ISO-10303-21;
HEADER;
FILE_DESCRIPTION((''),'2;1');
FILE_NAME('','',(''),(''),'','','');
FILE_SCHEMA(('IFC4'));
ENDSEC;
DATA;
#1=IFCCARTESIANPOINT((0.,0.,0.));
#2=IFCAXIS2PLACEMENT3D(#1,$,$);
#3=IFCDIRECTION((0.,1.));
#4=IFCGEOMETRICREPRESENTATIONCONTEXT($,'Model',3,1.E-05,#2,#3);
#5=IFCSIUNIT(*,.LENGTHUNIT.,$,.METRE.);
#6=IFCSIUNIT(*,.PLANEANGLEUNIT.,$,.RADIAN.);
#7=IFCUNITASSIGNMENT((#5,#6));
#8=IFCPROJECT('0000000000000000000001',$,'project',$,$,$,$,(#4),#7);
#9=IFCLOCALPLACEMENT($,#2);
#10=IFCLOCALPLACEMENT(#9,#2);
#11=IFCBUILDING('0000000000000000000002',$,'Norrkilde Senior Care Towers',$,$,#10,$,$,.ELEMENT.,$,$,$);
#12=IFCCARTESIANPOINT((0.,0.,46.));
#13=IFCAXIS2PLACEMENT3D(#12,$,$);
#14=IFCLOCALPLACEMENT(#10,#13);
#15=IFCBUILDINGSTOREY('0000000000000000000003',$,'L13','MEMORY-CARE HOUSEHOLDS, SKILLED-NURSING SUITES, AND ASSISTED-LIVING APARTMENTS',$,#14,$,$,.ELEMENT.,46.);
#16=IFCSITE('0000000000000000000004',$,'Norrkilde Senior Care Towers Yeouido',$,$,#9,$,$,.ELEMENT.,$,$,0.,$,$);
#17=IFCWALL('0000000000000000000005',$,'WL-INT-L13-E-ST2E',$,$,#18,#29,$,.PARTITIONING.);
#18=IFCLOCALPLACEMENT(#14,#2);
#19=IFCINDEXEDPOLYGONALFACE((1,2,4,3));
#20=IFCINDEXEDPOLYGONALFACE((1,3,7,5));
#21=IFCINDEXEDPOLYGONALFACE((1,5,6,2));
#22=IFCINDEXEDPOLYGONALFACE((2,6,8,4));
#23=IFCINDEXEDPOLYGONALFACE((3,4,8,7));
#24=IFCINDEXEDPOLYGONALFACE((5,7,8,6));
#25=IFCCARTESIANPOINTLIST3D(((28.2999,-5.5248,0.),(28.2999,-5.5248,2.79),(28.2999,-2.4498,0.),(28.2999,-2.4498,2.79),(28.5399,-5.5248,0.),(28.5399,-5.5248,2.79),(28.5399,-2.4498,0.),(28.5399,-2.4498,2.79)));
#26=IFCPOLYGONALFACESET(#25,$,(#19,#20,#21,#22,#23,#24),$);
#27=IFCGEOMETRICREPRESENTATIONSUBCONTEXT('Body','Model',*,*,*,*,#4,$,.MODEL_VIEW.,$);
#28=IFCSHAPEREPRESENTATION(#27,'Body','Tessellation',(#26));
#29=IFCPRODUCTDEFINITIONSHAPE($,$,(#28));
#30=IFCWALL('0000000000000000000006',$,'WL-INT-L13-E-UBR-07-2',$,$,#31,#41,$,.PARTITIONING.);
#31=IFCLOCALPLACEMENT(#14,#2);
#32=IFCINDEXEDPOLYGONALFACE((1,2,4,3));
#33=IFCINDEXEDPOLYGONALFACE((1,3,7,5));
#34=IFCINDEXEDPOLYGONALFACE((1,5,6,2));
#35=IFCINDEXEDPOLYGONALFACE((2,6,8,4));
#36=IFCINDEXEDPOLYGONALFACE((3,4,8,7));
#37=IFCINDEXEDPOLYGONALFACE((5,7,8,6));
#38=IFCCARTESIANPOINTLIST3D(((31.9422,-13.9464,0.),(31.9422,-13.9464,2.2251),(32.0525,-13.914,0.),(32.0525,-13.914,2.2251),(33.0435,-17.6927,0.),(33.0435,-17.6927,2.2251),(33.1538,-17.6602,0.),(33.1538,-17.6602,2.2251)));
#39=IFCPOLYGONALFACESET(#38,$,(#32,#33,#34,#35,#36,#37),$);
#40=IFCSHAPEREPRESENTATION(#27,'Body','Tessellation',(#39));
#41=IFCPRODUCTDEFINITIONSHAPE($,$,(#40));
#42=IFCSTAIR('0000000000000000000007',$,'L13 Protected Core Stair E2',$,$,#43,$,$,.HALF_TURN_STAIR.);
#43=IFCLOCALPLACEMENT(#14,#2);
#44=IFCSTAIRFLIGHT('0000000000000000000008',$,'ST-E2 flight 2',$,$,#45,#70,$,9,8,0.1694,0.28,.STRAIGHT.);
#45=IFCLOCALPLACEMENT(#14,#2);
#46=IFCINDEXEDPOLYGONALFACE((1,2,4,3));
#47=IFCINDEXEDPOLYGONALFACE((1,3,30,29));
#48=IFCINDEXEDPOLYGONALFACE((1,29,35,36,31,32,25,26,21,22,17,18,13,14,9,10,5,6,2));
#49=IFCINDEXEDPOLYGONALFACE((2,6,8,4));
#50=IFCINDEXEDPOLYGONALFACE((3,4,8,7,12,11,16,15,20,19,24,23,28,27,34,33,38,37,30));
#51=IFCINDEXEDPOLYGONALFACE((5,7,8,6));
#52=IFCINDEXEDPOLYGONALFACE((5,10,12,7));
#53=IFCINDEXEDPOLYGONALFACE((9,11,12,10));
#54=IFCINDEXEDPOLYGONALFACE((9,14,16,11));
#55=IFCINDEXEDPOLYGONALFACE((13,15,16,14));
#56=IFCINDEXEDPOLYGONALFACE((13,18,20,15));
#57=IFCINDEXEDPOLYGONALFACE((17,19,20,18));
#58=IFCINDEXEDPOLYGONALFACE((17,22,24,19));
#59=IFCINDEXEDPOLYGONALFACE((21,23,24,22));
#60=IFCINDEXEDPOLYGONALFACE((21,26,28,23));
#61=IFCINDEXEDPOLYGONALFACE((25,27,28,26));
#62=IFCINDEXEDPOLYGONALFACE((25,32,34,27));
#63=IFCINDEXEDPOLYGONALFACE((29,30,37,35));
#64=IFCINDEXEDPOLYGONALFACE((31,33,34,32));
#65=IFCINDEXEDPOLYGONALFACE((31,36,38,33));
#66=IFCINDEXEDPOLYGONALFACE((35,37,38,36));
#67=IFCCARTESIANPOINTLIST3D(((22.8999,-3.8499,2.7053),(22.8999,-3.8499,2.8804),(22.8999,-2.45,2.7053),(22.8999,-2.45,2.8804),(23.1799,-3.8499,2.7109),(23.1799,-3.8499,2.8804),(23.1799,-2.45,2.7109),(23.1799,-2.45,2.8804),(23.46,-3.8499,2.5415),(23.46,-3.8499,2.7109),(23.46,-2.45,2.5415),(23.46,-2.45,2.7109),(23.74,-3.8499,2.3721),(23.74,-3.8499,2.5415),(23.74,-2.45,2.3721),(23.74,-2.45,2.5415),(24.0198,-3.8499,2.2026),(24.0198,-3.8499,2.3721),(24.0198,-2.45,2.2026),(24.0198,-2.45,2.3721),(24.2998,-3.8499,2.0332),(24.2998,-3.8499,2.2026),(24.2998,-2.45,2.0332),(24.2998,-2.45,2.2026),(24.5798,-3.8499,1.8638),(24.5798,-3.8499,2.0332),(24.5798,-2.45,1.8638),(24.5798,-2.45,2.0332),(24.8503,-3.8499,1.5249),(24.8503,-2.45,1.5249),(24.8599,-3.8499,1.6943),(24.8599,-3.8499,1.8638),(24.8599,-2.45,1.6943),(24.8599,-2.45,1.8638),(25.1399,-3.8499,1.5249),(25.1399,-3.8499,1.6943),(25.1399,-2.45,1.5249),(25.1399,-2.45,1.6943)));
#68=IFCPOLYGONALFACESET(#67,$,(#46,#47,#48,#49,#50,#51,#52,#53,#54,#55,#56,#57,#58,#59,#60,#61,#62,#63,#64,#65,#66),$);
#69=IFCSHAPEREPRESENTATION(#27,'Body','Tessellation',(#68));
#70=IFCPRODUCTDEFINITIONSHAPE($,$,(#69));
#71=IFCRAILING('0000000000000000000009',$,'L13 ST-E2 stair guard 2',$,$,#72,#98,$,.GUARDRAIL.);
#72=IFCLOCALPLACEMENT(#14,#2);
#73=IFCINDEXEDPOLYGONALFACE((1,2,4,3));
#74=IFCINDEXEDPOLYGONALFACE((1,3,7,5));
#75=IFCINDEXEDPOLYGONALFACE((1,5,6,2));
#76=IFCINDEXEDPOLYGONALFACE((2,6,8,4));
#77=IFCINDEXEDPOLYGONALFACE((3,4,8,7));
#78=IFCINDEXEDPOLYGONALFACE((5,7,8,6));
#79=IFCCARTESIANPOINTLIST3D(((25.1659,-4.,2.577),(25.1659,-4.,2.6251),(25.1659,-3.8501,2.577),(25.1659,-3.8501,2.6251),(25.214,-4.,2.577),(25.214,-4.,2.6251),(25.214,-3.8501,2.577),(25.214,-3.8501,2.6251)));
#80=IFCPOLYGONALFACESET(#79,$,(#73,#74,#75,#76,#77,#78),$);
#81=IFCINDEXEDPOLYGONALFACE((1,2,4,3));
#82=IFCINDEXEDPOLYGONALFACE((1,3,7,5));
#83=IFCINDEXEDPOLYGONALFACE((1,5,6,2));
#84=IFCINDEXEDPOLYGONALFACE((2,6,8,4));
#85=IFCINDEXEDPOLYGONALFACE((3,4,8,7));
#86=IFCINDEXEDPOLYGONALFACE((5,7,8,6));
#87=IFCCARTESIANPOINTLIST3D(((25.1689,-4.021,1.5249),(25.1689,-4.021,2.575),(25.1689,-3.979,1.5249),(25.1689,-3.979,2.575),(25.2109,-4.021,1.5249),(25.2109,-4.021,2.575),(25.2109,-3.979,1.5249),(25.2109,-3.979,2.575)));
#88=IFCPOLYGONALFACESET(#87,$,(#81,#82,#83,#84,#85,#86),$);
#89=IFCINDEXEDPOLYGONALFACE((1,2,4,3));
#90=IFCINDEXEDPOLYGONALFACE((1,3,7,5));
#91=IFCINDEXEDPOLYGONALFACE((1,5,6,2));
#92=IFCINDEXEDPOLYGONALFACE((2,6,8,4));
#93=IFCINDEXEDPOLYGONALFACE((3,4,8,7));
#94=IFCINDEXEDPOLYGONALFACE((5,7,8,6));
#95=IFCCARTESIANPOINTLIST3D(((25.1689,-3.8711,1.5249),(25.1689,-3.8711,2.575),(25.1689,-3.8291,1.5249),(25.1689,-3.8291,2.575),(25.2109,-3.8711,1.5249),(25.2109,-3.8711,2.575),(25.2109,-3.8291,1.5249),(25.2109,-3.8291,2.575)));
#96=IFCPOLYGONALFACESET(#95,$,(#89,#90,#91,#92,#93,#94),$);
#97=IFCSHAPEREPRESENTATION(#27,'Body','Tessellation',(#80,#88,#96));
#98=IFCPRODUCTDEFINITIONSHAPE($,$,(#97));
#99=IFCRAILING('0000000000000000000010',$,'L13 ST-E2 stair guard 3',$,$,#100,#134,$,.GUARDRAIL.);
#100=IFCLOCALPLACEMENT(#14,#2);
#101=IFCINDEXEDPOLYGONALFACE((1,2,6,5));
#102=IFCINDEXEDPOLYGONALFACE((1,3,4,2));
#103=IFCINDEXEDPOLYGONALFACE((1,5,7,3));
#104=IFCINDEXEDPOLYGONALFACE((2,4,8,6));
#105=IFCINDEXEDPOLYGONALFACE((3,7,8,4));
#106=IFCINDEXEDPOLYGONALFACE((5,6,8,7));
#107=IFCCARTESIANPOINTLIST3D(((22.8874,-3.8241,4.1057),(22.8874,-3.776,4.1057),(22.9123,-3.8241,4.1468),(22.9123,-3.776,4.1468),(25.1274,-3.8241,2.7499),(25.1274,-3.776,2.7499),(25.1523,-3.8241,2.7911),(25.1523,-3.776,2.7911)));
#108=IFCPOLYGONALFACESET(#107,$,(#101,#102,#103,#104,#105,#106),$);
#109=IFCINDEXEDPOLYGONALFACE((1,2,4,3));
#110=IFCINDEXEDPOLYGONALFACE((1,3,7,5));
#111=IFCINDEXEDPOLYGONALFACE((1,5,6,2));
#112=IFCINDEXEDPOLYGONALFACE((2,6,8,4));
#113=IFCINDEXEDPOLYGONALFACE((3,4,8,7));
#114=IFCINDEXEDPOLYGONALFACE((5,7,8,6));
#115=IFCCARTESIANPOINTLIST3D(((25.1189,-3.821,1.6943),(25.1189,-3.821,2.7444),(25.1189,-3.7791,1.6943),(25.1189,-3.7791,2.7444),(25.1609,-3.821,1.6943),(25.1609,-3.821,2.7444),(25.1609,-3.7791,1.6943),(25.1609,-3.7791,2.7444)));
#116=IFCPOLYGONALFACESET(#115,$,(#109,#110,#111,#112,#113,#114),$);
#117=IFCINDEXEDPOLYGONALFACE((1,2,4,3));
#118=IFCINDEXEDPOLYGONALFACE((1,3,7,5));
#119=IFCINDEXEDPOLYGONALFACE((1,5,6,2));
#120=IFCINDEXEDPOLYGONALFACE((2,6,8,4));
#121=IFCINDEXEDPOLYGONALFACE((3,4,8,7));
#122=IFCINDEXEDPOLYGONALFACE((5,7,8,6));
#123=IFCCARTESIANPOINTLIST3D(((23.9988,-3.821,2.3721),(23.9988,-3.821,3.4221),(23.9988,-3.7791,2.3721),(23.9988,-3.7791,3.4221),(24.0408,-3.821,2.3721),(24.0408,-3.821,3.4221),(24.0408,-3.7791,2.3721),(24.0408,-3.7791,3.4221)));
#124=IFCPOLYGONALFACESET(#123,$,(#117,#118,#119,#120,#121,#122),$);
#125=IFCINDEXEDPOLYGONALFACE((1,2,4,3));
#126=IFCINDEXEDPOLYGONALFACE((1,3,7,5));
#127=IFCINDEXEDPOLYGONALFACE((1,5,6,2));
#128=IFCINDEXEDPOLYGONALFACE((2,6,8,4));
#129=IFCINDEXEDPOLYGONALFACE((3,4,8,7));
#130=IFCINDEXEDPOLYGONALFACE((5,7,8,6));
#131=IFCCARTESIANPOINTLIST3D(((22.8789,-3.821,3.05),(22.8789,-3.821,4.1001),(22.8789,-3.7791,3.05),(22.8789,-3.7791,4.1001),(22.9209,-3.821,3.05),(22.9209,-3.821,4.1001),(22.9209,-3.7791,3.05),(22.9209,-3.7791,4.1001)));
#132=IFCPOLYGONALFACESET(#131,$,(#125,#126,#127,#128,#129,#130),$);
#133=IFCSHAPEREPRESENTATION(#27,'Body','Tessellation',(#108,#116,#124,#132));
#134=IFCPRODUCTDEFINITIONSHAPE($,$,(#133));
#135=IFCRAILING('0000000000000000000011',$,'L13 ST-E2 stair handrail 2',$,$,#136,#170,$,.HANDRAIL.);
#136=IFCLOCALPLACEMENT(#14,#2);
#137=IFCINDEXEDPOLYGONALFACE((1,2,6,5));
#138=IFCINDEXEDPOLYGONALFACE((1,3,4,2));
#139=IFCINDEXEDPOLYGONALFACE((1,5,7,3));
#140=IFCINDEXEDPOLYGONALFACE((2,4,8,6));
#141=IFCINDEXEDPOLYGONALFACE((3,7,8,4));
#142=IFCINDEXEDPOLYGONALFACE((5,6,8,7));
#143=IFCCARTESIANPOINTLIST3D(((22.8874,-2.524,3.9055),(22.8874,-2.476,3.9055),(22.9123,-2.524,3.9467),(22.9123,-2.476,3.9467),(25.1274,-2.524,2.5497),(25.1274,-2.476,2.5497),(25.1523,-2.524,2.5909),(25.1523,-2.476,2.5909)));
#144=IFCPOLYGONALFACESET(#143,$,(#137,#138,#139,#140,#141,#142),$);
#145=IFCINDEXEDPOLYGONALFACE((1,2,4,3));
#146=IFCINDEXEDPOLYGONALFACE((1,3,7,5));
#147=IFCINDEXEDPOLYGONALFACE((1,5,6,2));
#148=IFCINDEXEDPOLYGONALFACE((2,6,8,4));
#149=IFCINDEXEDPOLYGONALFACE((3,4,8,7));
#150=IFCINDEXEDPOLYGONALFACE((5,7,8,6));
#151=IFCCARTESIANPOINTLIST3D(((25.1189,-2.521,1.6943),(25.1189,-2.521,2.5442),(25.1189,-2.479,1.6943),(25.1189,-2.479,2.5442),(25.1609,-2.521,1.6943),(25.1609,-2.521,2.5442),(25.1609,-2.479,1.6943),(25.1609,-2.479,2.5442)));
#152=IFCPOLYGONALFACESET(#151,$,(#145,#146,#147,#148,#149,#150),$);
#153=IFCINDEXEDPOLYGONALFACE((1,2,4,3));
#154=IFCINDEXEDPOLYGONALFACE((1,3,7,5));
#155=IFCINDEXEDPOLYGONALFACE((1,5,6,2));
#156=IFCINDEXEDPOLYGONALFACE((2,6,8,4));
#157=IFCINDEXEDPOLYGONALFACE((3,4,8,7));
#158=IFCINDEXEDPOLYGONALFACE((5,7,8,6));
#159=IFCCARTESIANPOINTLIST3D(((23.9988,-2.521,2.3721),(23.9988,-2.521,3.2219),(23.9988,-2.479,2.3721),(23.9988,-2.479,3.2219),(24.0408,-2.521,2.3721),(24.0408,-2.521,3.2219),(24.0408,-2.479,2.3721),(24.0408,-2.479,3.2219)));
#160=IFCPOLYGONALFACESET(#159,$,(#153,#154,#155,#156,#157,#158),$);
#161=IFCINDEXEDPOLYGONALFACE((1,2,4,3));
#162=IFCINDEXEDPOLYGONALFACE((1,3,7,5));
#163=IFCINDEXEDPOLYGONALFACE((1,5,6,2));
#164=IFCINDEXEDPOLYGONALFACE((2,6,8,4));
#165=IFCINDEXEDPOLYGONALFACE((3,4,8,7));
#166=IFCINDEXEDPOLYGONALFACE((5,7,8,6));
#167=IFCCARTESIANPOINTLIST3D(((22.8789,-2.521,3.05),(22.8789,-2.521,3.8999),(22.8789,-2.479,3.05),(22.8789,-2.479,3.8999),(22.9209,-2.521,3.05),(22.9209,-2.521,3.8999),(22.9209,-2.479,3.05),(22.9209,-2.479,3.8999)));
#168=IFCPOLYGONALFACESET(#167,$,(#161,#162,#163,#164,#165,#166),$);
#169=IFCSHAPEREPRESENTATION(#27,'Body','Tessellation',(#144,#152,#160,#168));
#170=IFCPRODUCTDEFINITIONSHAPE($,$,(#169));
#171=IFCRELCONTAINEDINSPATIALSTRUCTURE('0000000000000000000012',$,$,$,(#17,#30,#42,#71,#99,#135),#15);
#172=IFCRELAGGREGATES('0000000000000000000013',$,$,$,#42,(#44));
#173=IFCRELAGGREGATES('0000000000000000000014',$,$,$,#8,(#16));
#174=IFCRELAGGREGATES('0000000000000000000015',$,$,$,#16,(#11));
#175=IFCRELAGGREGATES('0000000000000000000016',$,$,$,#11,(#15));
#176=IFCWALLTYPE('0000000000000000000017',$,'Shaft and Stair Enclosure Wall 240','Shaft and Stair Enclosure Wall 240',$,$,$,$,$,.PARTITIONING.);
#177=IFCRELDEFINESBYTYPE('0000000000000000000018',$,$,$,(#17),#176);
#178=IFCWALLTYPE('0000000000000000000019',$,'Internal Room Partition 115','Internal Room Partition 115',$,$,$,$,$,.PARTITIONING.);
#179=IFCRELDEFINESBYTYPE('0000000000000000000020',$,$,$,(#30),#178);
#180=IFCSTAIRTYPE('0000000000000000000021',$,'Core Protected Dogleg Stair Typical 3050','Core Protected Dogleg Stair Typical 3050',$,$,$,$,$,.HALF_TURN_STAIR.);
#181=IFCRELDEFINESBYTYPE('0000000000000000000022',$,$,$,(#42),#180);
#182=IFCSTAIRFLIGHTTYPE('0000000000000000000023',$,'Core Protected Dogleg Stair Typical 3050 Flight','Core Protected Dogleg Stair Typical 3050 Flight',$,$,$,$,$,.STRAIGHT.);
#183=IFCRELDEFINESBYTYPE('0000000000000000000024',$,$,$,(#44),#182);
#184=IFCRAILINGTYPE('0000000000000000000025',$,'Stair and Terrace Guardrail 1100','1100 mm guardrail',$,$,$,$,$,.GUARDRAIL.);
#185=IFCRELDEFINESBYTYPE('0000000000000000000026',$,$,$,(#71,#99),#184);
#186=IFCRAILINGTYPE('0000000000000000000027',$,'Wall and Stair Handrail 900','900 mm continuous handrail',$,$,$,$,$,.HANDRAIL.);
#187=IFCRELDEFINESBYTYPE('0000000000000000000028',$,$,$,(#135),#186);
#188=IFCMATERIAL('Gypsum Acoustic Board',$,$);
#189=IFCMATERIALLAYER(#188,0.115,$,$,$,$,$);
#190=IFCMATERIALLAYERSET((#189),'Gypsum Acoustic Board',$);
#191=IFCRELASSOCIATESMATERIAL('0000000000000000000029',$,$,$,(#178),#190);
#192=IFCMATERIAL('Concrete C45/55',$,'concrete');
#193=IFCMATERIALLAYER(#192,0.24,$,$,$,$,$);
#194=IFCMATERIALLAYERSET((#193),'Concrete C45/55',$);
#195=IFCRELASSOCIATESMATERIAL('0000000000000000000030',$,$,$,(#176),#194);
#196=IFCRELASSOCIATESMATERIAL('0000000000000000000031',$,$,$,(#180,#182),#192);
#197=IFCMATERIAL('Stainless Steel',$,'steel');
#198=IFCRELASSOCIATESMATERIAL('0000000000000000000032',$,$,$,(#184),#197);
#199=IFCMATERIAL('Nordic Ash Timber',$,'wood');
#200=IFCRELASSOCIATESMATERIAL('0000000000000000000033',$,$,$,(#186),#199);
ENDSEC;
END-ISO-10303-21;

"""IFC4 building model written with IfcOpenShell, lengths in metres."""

from ifc_helpers import new_model, si_unit, direction, frame, frame_2d, origin, origin_2d, place, context, subcontext, project, spatial, polyline, rectangle, outline, extrude, source, transform, mapped, material, layer, layer_set, type_object, type_shapes, element, aggregate, save


model = new_model("IFC4")

# Units and contexts
model_context = context("Model", 3, precision=1e-05, world=origin(), true_north=direction((0.0, 1.0)))
body_context = subcontext(model_context, "Body", "Model", "MODEL_VIEW")
ifc_project = project(units=[si_unit("LENGTHUNIT", "METRE"), si_unit("PLANEANGLEUNIT", "RADIAN")], contexts=[model_context])

# Site, building, storey
site_placement = place(None, origin())
site = spatial("IfcSite", under=ifc_project, at=site_placement, Name="Norrkilde Senior Care Towers Yeouido", CompositionType="ELEMENT", RefElevation=0.0)
building_placement = place(site_placement, origin())
building = spatial("IfcBuilding", under=site, at=building_placement, Name="Norrkilde Senior Care Towers", CompositionType="ELEMENT")
storey_placement = place(building_placement, frame((0.0, 0.0, 46.0)))
storey = spatial("IfcBuildingStorey", under=building, at=storey_placement, Name="L13", Description="MEMORY-CARE HOUSEHOLDS, SKILLED-NURSING SUITES, AND ASSISTED-LIVING APARTMENTS", CompositionType="ELEMENT", Elevation=46.0)

# Shared definitions
ifc_material_1 = material(Name="Gypsum Acoustic Board")
ifc_layer_1 = layer(ifc_material_1, 0.115)
ifc_layer_set_1 = layer_set([ifc_layer_1], Name="Gypsum Acoustic Board")
wall_type_1 = type_object("IfcWallType", Name="Internal Room Partition 115", Description="Internal Room Partition 115", PredefinedType="PARTITIONING", material=ifc_layer_set_1)
ifc_material_2 = material(Name="Concrete C45/55", Category="concrete")

# Shared definitions
ifc_material_3 = material(Name="Nordic Ash Timber", Category="wood")

# Walls
ifc_layer_2 = layer(ifc_material_2, 0.24)
ifc_layer_set_2 = layer_set([ifc_layer_2], Name="Concrete C45/55")
wall_type_2 = type_object("IfcWallType", Name="Shaft and Stair Enclosure Wall 240", Description="Shaft and Stair Enclosure Wall 240", PredefinedType="PARTITIONING", material=ifc_layer_set_2)
shared_shape_1 = source(origin(), body_context, "Body", "SweptSolid", [
    extrude(rectangle(XDim=3.075, YDim=0.24, at=frame_2d((1.5376, 0.0))), origin(), (0.0, 0.0, 1.0), 2.79),
])
type_shapes(wall_type_2, [shared_shape_1])
wall_1_placement = place(storey_placement, frame((28.4199, -5.5249, 0.0), z_axis=(0.0, 0.0, 1.0), x_axis=(0.0, 1.0, 0.0)))
element("IfcWall", 1, at=wall_1_placement, inside=storey, type_object=wall_type_2, Name="WL-INT-L13-E-ST2E", PredefinedType="PARTITIONING", context=body_context, shape_type="MappedRepresentation", body=[
    mapped(shared_shape_1, transform((0.0, 0.0, 0.0), x_axis=(1.0, 0.0, 0.0), y_axis=(0.0, 1.0, 0.0), z_axis=(0.0, 0.0, 1.0), scale=1.0)),
])
shared_shape_2 = source(origin(), body_context, "Body", "SweptSolid", [
    extrude(rectangle(XDim=3.9048, YDim=0.115, at=frame_2d((1.9524, 0.0))), origin(), (0.0, 0.0, 1.0), 2.2251),
])
wall_2_placement = place(storey_placement, frame((31.9973, -13.9302, 0.0), z_axis=(0.0, 0.0, 1.0), x_axis=(0.282038, -0.959403, 0.0)))
element("IfcWall", 2, at=wall_2_placement, inside=storey, type_object=wall_type_1, Name="WL-INT-L13-E-UBR-07-2", PredefinedType="PARTITIONING", context=body_context, shape_type="MappedRepresentation", body=[
    mapped(shared_shape_2, transform((0.0, 0.0, 0.0), x_axis=(1.0, 0.0, 0.0), y_axis=(0.0, 1.0, 0.0), z_axis=(0.0, 0.0, 1.0), scale=1.0)),
])

# Stair, stair flight
stair_type = type_object("IfcStairType", Name="Core Protected Dogleg Stair Typical 3050", Description="Core Protected Dogleg Stair Typical 3050", PredefinedType="HALF_TURN_STAIR", material=ifc_material_2)
stair_placement = place(storey_placement, origin())
stair = element("IfcStair", 3, at=stair_placement, inside=storey, type_object=stair_type, Name="L13 Protected Core Stair E2", PredefinedType="HALF_TURN_STAIR")
stair_flight_type = type_object("IfcStairFlightType", Name="Core Protected Dogleg Stair Typical 3050 Flight", Description="Core Protected Dogleg Stair Typical 3050 Flight", PredefinedType="STRAIGHT", material=ifc_material_2)
stair_flight_placement = place(storey_placement, frame((25.1399, -3.1499, 1.5249), z_axis=(0.0, 0.0, 1.0), x_axis=(-1.0, 0.0, 0.0)))
stair_flight = element("IfcStairFlight", 4, at=stair_flight_placement, type_object=stair_flight_type, Name="ST-E2 flight 2", NumberOfRisers=9, NumberOfTreads=8, PredefinedType="STRAIGHT", RiserHeight=0.1694, TreadLength=0.28, context=body_context, shape_type="SweptSolid", body=[
    extrude(outline(polyline([(0.0, 0.0), (0.0, 0.1694), (0.28, 0.1694), (0.28, 0.3389), (0.5601, 0.3389), (0.5601, 0.5083), (0.8401, 0.5083), (0.8401, 0.6777), (1.1201, 0.6777), (1.1201, 0.8472), (1.3999, 0.8472), (1.3999, 1.0166), (1.6799, 1.0166), (1.6799, 1.186), (1.96, 1.186), (1.96, 1.3555), (2.24, 1.3555), (2.24, 1.5249), (2.24, 1.1804), (0.2896, 0.0), (0.0, 0.0)])), frame((0.0, 0.7, 0.0), z_axis=(0.0, -1.0, 0.0), x_axis=(1.0, 0.0, 0.0)), (0.0, 0.0, 1.0), 1.3999),
])
aggregate(stair, [stair_flight])

# Railings
ifc_material_4 = material(Name="Stainless Steel", Category="steel")
railing_type_1 = type_object("IfcRailingType", Name="Stair and Terrace Guardrail 1100", Description="1100 mm guardrail", PredefinedType="GUARDRAIL", material=ifc_material_4)
railing_1_placement = place(storey_placement, frame((25.1899, -4.0, 1.5249)))
element("IfcRailing", 5, at=railing_1_placement, inside=storey, type_object=railing_type_1, Name="L13 ST-E2 stair guard 2", PredefinedType="GUARDRAIL", context=body_context, shape_type="SweptSolid", body=[
    extrude(rectangle(XDim=0.0481, YDim=0.0481, at=origin_2d()), frame((0.0, 0.0, 1.0762), z_axis=(0.0, 1.0, 0.0), x_axis=(-1.0, 0.0, 0.0)), (0.0, 0.0, 1.0), 0.1499),
    extrude(rectangle(XDim=0.042, YDim=0.042, at=origin_2d()), origin(), (0.0, 0.0, 1.0), 1.05),
    extrude(rectangle(XDim=0.042, YDim=0.042, at=origin_2d()), frame((0.0, 0.1499, 0.0)), (0.0, 0.0, 1.0), 1.05),
])
railing_2_placement = place(storey_placement, frame((25.1399, -3.8, 1.6943)))
element("IfcRailing", 6, at=railing_2_placement, inside=storey, type_object=railing_type_1, Name="L13 ST-E2 stair guard 3", PredefinedType="GUARDRAIL", context=body_context, shape_type="SweptSolid", body=[
    extrude(rectangle(XDim=0.0481, YDim=0.0481, at=origin_2d()), frame((0.0, 0.0, 1.0762), z_axis=(-0.855512, 0.0, 0.517783), x_axis=(0.0, -1.0, 0.0)), (0.0, 0.0, 1.0), 2.6184),
    extrude(rectangle(XDim=0.042, YDim=0.042, at=origin_2d()), origin(), (0.0, 0.0, 1.0), 1.05),
    extrude(rectangle(XDim=0.042, YDim=0.042, at=origin_2d()), frame((-1.1201, 0.0, 0.6777)), (0.0, 0.0, 1.0), 1.05),
    extrude(rectangle(XDim=0.042, YDim=0.042, at=origin_2d()), frame((-2.24, 0.0, 1.3557)), (0.0, 0.0, 1.0), 1.05),
])
railing_type_2 = type_object("IfcRailingType", Name="Wall and Stair Handrail 900", Description="900 mm continuous handrail", PredefinedType="HANDRAIL", material=ifc_material_3)
railing_3_placement = place(storey_placement, frame((25.1399, -2.5, 1.6943)))
element("IfcRailing", 7, at=railing_3_placement, inside=storey, type_object=railing_type_2, Name="L13 ST-E2 stair handrail 2", PredefinedType="HANDRAIL", context=body_context, shape_type="SweptSolid", body=[
    extrude(rectangle(XDim=0.0481, YDim=0.0481, at=origin_2d()), frame((0.0, 0.0, 0.876), z_axis=(-0.855512, 0.0, 0.517783), x_axis=(0.0, -1.0, 0.0)), (0.0, 0.0, 1.0), 2.6184),
    extrude(rectangle(XDim=0.042, YDim=0.042, at=origin_2d()), origin(), (0.0, 0.0, 1.0), 0.8499),
    extrude(rectangle(XDim=0.042, YDim=0.042, at=origin_2d()), frame((-1.1201, 0.0, 0.6777)), (0.0, 0.0, 1.0), 0.8499),
    extrude(rectangle(XDim=0.042, YDim=0.042, at=origin_2d()), frame((-2.24, 0.0, 1.3557)), (0.0, 0.0, 1.0), 0.8499),
])

save(model, "model.ifc")
